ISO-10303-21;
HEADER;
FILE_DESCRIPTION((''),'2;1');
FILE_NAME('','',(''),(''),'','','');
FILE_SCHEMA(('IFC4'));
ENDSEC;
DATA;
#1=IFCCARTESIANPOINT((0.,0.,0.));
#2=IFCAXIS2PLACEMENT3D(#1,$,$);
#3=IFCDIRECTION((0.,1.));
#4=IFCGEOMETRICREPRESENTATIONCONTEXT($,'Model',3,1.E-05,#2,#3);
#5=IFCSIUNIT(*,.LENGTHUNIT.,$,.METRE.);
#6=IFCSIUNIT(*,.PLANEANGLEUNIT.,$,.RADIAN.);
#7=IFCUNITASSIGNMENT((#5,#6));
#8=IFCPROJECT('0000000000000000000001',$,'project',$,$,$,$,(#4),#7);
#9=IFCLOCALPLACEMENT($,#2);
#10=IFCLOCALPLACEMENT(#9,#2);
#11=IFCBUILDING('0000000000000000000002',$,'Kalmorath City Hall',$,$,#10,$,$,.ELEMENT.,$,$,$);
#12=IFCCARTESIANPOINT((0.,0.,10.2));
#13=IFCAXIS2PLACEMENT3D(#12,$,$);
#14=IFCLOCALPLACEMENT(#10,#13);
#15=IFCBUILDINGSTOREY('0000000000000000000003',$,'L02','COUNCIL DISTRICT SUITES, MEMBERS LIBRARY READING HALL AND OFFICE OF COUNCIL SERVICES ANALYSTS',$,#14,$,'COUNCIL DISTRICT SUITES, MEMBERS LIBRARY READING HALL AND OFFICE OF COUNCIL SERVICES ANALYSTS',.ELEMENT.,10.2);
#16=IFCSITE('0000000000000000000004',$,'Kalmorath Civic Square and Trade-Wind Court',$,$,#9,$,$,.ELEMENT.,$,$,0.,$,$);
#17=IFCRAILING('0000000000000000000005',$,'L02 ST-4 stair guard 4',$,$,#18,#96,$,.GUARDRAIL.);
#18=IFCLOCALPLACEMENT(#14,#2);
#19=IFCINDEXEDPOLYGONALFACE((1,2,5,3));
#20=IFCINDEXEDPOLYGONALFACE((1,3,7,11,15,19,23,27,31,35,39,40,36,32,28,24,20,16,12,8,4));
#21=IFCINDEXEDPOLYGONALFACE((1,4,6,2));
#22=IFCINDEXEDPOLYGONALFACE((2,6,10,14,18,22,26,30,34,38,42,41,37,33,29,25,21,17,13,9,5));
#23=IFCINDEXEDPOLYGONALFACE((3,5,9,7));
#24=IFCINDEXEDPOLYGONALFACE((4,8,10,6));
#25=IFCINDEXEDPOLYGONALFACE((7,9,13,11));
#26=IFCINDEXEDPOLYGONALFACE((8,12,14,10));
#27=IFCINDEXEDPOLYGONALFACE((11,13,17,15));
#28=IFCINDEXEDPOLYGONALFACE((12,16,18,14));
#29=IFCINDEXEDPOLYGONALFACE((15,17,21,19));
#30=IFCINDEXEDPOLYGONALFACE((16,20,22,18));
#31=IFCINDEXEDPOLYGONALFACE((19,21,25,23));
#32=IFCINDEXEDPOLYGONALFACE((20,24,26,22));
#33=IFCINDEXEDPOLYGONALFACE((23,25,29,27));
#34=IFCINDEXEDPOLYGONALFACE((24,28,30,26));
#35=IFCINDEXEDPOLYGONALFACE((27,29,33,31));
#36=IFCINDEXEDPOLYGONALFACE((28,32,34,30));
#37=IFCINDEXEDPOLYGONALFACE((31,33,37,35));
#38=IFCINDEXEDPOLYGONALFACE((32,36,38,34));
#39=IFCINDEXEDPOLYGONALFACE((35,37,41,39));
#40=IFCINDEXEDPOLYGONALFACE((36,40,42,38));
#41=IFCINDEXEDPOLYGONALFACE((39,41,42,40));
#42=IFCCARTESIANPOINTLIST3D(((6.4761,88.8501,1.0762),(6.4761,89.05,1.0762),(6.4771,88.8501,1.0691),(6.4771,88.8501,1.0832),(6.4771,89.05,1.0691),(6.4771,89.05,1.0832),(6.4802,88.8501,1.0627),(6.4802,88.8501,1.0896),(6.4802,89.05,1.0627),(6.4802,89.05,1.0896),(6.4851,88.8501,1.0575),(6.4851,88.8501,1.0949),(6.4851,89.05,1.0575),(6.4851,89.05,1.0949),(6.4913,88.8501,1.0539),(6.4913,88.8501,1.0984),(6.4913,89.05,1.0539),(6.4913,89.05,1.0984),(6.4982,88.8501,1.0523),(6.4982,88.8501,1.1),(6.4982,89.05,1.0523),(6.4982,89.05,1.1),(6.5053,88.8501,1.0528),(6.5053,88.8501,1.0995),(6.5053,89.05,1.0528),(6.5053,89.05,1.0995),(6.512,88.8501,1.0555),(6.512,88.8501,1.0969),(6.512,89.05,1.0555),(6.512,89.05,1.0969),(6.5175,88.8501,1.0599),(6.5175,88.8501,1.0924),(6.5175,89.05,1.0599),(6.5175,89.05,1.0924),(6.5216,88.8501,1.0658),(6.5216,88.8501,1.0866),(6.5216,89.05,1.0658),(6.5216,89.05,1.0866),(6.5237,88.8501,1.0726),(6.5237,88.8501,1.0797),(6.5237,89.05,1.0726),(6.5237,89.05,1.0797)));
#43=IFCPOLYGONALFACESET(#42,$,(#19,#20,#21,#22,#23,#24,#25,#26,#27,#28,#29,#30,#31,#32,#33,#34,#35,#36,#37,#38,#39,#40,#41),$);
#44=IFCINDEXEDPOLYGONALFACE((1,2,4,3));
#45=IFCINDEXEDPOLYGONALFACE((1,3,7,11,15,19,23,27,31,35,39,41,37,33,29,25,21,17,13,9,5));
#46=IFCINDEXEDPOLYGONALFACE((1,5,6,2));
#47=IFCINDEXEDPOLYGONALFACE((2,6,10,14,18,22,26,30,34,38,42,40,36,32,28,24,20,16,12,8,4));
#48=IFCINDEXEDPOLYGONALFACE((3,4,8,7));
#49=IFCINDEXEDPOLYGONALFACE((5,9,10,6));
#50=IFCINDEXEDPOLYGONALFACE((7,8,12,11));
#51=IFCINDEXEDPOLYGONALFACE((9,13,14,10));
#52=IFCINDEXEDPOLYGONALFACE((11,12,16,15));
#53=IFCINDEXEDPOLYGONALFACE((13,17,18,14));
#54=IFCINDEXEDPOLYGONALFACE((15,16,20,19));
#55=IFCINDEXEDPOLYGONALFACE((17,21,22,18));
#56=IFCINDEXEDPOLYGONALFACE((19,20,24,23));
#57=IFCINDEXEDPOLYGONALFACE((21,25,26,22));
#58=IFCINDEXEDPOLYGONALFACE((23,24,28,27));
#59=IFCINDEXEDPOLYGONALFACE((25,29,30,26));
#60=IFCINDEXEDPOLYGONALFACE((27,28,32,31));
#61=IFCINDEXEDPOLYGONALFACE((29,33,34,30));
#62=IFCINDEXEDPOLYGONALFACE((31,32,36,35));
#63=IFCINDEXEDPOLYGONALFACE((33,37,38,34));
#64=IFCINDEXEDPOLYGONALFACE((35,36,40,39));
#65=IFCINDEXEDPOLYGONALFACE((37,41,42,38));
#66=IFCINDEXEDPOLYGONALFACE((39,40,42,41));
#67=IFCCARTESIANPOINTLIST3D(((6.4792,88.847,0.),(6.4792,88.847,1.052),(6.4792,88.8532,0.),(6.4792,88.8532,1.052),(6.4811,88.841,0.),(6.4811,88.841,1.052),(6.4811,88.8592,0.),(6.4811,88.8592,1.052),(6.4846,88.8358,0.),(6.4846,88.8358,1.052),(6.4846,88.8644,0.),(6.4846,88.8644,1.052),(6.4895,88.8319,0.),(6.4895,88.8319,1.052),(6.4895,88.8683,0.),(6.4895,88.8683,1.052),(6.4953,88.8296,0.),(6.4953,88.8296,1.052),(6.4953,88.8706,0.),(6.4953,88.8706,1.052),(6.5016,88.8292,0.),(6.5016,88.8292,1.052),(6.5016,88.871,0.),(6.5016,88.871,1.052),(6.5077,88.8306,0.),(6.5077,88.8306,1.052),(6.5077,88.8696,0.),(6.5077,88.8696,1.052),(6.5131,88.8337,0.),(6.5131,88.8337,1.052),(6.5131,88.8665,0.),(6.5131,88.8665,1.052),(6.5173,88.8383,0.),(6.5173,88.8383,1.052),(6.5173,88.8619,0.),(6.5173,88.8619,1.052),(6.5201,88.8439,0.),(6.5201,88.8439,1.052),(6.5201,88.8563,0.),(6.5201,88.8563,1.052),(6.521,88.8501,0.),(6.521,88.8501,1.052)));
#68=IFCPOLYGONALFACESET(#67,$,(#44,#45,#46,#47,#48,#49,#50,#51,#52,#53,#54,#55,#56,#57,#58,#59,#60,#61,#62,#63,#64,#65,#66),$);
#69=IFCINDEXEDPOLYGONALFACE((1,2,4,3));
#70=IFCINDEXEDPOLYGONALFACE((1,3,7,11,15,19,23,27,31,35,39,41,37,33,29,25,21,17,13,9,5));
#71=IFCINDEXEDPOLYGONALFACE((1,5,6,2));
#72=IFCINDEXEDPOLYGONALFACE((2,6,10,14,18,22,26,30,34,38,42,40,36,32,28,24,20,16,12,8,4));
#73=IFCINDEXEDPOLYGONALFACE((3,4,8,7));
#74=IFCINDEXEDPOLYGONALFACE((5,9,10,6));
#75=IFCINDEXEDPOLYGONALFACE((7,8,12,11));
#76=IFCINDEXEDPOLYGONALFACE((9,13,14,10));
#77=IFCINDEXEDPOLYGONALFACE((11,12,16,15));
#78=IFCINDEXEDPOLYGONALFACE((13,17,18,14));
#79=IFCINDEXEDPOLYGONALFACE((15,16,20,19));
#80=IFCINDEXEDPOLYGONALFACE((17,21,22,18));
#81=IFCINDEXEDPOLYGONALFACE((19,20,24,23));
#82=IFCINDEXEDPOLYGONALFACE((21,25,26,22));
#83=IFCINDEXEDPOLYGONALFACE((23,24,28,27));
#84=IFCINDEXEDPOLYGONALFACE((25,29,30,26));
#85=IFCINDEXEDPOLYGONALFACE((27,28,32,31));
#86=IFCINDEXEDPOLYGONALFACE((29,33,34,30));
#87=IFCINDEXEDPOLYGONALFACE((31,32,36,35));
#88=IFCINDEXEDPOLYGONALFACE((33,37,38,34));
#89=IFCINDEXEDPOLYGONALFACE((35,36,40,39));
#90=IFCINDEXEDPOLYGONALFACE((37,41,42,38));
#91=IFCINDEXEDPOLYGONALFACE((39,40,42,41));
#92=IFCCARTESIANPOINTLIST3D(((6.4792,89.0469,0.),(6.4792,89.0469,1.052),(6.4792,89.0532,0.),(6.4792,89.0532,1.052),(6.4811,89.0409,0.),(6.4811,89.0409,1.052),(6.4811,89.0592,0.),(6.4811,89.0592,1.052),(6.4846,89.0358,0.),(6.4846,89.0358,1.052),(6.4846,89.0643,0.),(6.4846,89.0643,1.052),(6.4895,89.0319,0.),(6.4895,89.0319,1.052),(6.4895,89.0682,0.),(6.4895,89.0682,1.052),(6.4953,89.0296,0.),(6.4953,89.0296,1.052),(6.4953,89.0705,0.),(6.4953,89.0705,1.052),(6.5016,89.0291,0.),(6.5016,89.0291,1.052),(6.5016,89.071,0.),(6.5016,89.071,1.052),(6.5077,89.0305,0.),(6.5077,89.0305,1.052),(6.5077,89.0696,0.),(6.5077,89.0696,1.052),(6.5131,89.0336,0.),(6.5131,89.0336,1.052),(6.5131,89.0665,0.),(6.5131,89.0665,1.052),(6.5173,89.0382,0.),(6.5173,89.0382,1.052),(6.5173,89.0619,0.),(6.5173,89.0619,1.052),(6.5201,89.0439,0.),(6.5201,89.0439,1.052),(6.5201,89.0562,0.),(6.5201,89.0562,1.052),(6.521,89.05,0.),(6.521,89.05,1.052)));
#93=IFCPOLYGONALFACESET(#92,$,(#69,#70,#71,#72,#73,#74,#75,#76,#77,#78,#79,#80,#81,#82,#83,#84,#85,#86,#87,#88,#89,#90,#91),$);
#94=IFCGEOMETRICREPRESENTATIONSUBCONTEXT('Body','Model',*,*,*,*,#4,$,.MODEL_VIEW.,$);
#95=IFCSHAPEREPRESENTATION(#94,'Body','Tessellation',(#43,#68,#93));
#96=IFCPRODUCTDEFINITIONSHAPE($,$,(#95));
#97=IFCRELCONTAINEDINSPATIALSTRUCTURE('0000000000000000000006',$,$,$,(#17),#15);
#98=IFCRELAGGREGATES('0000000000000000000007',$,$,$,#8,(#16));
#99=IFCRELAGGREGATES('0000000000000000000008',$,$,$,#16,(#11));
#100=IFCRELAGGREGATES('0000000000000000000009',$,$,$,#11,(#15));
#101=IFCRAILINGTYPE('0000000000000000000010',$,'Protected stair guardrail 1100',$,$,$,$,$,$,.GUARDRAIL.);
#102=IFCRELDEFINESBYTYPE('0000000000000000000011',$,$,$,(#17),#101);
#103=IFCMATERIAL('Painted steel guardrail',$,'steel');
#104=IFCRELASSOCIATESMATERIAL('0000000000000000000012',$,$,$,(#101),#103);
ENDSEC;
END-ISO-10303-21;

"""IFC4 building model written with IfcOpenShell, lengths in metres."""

from ifc_helpers import new_model, si_unit, direction, frame, origin, origin_2d, place, context, subcontext, project, spatial, circle, extrude, material, type_object, element, save


model = new_model("IFC4")

# Units and contexts
model_context = context("Model", 3, precision=1e-05, world=origin(), true_north=direction((0.0, 1.0)))
body_context = subcontext(model_context, "Body", "Model", "MODEL_VIEW")
ifc_project = project(units=[si_unit("LENGTHUNIT", "METRE"), si_unit("PLANEANGLEUNIT", "RADIAN")], contexts=[model_context])

# Site, building, storey
site_placement = place(None, origin())
site = spatial("IfcSite", under=ifc_project, at=site_placement, Name="Kalmorath Civic Square and Trade-Wind Court", CompositionType="ELEMENT", RefElevation=0.0)
building_placement = place(site_placement, origin())
building = spatial("IfcBuilding", under=site, at=building_placement, Name="Kalmorath City Hall", CompositionType="ELEMENT")
storey_placement = place(building_placement, frame((0.0, 0.0, 10.2)))
storey = spatial("IfcBuildingStorey", under=building, at=storey_placement, Name="L02", Description="COUNCIL DISTRICT SUITES, MEMBERS LIBRARY READING HALL AND OFFICE OF COUNCIL SERVICES ANALYSTS", LongName="COUNCIL DISTRICT SUITES, MEMBERS LIBRARY READING HALL AND OFFICE OF COUNCIL SERVICES ANALYSTS", CompositionType="ELEMENT", Elevation=10.2)

# Railing
ifc_material_1 = material(Name="Painted steel guardrail", Category="steel")
railing_type_1 = type_object("IfcRailingType", Name="Protected stair guardrail 1100", PredefinedType="GUARDRAIL", material=ifc_material_1)
railing_1_placement = place(storey_placement, frame((6.5, 88.8501, 0.0)))
element("IfcRailing", 1, at=railing_1_placement, inside=storey, type_object=railing_type_1, Name="L02 ST-4 stair guard 4", PredefinedType="GUARDRAIL", context=body_context, shape_type="SweptSolid", body=[
    extrude(circle(Radius=0.0239, at=origin_2d()), frame((0.0, 0.0, 1.0762), z_axis=(0.0, 1.0, 0.0), x_axis=(-1.0, 0.0, 0.0)), (0.0, 0.0, 1.0), 0.2),
    extrude(circle(Radius=0.021, at=origin_2d()), origin(), (0.0, 0.0, 1.0), 1.052),
    extrude(circle(Radius=0.021, at=origin_2d()), frame((0.0, 0.2, 0.0)), (0.0, 0.0, 1.0), 1.052),
])

save(model, "model.ifc")
